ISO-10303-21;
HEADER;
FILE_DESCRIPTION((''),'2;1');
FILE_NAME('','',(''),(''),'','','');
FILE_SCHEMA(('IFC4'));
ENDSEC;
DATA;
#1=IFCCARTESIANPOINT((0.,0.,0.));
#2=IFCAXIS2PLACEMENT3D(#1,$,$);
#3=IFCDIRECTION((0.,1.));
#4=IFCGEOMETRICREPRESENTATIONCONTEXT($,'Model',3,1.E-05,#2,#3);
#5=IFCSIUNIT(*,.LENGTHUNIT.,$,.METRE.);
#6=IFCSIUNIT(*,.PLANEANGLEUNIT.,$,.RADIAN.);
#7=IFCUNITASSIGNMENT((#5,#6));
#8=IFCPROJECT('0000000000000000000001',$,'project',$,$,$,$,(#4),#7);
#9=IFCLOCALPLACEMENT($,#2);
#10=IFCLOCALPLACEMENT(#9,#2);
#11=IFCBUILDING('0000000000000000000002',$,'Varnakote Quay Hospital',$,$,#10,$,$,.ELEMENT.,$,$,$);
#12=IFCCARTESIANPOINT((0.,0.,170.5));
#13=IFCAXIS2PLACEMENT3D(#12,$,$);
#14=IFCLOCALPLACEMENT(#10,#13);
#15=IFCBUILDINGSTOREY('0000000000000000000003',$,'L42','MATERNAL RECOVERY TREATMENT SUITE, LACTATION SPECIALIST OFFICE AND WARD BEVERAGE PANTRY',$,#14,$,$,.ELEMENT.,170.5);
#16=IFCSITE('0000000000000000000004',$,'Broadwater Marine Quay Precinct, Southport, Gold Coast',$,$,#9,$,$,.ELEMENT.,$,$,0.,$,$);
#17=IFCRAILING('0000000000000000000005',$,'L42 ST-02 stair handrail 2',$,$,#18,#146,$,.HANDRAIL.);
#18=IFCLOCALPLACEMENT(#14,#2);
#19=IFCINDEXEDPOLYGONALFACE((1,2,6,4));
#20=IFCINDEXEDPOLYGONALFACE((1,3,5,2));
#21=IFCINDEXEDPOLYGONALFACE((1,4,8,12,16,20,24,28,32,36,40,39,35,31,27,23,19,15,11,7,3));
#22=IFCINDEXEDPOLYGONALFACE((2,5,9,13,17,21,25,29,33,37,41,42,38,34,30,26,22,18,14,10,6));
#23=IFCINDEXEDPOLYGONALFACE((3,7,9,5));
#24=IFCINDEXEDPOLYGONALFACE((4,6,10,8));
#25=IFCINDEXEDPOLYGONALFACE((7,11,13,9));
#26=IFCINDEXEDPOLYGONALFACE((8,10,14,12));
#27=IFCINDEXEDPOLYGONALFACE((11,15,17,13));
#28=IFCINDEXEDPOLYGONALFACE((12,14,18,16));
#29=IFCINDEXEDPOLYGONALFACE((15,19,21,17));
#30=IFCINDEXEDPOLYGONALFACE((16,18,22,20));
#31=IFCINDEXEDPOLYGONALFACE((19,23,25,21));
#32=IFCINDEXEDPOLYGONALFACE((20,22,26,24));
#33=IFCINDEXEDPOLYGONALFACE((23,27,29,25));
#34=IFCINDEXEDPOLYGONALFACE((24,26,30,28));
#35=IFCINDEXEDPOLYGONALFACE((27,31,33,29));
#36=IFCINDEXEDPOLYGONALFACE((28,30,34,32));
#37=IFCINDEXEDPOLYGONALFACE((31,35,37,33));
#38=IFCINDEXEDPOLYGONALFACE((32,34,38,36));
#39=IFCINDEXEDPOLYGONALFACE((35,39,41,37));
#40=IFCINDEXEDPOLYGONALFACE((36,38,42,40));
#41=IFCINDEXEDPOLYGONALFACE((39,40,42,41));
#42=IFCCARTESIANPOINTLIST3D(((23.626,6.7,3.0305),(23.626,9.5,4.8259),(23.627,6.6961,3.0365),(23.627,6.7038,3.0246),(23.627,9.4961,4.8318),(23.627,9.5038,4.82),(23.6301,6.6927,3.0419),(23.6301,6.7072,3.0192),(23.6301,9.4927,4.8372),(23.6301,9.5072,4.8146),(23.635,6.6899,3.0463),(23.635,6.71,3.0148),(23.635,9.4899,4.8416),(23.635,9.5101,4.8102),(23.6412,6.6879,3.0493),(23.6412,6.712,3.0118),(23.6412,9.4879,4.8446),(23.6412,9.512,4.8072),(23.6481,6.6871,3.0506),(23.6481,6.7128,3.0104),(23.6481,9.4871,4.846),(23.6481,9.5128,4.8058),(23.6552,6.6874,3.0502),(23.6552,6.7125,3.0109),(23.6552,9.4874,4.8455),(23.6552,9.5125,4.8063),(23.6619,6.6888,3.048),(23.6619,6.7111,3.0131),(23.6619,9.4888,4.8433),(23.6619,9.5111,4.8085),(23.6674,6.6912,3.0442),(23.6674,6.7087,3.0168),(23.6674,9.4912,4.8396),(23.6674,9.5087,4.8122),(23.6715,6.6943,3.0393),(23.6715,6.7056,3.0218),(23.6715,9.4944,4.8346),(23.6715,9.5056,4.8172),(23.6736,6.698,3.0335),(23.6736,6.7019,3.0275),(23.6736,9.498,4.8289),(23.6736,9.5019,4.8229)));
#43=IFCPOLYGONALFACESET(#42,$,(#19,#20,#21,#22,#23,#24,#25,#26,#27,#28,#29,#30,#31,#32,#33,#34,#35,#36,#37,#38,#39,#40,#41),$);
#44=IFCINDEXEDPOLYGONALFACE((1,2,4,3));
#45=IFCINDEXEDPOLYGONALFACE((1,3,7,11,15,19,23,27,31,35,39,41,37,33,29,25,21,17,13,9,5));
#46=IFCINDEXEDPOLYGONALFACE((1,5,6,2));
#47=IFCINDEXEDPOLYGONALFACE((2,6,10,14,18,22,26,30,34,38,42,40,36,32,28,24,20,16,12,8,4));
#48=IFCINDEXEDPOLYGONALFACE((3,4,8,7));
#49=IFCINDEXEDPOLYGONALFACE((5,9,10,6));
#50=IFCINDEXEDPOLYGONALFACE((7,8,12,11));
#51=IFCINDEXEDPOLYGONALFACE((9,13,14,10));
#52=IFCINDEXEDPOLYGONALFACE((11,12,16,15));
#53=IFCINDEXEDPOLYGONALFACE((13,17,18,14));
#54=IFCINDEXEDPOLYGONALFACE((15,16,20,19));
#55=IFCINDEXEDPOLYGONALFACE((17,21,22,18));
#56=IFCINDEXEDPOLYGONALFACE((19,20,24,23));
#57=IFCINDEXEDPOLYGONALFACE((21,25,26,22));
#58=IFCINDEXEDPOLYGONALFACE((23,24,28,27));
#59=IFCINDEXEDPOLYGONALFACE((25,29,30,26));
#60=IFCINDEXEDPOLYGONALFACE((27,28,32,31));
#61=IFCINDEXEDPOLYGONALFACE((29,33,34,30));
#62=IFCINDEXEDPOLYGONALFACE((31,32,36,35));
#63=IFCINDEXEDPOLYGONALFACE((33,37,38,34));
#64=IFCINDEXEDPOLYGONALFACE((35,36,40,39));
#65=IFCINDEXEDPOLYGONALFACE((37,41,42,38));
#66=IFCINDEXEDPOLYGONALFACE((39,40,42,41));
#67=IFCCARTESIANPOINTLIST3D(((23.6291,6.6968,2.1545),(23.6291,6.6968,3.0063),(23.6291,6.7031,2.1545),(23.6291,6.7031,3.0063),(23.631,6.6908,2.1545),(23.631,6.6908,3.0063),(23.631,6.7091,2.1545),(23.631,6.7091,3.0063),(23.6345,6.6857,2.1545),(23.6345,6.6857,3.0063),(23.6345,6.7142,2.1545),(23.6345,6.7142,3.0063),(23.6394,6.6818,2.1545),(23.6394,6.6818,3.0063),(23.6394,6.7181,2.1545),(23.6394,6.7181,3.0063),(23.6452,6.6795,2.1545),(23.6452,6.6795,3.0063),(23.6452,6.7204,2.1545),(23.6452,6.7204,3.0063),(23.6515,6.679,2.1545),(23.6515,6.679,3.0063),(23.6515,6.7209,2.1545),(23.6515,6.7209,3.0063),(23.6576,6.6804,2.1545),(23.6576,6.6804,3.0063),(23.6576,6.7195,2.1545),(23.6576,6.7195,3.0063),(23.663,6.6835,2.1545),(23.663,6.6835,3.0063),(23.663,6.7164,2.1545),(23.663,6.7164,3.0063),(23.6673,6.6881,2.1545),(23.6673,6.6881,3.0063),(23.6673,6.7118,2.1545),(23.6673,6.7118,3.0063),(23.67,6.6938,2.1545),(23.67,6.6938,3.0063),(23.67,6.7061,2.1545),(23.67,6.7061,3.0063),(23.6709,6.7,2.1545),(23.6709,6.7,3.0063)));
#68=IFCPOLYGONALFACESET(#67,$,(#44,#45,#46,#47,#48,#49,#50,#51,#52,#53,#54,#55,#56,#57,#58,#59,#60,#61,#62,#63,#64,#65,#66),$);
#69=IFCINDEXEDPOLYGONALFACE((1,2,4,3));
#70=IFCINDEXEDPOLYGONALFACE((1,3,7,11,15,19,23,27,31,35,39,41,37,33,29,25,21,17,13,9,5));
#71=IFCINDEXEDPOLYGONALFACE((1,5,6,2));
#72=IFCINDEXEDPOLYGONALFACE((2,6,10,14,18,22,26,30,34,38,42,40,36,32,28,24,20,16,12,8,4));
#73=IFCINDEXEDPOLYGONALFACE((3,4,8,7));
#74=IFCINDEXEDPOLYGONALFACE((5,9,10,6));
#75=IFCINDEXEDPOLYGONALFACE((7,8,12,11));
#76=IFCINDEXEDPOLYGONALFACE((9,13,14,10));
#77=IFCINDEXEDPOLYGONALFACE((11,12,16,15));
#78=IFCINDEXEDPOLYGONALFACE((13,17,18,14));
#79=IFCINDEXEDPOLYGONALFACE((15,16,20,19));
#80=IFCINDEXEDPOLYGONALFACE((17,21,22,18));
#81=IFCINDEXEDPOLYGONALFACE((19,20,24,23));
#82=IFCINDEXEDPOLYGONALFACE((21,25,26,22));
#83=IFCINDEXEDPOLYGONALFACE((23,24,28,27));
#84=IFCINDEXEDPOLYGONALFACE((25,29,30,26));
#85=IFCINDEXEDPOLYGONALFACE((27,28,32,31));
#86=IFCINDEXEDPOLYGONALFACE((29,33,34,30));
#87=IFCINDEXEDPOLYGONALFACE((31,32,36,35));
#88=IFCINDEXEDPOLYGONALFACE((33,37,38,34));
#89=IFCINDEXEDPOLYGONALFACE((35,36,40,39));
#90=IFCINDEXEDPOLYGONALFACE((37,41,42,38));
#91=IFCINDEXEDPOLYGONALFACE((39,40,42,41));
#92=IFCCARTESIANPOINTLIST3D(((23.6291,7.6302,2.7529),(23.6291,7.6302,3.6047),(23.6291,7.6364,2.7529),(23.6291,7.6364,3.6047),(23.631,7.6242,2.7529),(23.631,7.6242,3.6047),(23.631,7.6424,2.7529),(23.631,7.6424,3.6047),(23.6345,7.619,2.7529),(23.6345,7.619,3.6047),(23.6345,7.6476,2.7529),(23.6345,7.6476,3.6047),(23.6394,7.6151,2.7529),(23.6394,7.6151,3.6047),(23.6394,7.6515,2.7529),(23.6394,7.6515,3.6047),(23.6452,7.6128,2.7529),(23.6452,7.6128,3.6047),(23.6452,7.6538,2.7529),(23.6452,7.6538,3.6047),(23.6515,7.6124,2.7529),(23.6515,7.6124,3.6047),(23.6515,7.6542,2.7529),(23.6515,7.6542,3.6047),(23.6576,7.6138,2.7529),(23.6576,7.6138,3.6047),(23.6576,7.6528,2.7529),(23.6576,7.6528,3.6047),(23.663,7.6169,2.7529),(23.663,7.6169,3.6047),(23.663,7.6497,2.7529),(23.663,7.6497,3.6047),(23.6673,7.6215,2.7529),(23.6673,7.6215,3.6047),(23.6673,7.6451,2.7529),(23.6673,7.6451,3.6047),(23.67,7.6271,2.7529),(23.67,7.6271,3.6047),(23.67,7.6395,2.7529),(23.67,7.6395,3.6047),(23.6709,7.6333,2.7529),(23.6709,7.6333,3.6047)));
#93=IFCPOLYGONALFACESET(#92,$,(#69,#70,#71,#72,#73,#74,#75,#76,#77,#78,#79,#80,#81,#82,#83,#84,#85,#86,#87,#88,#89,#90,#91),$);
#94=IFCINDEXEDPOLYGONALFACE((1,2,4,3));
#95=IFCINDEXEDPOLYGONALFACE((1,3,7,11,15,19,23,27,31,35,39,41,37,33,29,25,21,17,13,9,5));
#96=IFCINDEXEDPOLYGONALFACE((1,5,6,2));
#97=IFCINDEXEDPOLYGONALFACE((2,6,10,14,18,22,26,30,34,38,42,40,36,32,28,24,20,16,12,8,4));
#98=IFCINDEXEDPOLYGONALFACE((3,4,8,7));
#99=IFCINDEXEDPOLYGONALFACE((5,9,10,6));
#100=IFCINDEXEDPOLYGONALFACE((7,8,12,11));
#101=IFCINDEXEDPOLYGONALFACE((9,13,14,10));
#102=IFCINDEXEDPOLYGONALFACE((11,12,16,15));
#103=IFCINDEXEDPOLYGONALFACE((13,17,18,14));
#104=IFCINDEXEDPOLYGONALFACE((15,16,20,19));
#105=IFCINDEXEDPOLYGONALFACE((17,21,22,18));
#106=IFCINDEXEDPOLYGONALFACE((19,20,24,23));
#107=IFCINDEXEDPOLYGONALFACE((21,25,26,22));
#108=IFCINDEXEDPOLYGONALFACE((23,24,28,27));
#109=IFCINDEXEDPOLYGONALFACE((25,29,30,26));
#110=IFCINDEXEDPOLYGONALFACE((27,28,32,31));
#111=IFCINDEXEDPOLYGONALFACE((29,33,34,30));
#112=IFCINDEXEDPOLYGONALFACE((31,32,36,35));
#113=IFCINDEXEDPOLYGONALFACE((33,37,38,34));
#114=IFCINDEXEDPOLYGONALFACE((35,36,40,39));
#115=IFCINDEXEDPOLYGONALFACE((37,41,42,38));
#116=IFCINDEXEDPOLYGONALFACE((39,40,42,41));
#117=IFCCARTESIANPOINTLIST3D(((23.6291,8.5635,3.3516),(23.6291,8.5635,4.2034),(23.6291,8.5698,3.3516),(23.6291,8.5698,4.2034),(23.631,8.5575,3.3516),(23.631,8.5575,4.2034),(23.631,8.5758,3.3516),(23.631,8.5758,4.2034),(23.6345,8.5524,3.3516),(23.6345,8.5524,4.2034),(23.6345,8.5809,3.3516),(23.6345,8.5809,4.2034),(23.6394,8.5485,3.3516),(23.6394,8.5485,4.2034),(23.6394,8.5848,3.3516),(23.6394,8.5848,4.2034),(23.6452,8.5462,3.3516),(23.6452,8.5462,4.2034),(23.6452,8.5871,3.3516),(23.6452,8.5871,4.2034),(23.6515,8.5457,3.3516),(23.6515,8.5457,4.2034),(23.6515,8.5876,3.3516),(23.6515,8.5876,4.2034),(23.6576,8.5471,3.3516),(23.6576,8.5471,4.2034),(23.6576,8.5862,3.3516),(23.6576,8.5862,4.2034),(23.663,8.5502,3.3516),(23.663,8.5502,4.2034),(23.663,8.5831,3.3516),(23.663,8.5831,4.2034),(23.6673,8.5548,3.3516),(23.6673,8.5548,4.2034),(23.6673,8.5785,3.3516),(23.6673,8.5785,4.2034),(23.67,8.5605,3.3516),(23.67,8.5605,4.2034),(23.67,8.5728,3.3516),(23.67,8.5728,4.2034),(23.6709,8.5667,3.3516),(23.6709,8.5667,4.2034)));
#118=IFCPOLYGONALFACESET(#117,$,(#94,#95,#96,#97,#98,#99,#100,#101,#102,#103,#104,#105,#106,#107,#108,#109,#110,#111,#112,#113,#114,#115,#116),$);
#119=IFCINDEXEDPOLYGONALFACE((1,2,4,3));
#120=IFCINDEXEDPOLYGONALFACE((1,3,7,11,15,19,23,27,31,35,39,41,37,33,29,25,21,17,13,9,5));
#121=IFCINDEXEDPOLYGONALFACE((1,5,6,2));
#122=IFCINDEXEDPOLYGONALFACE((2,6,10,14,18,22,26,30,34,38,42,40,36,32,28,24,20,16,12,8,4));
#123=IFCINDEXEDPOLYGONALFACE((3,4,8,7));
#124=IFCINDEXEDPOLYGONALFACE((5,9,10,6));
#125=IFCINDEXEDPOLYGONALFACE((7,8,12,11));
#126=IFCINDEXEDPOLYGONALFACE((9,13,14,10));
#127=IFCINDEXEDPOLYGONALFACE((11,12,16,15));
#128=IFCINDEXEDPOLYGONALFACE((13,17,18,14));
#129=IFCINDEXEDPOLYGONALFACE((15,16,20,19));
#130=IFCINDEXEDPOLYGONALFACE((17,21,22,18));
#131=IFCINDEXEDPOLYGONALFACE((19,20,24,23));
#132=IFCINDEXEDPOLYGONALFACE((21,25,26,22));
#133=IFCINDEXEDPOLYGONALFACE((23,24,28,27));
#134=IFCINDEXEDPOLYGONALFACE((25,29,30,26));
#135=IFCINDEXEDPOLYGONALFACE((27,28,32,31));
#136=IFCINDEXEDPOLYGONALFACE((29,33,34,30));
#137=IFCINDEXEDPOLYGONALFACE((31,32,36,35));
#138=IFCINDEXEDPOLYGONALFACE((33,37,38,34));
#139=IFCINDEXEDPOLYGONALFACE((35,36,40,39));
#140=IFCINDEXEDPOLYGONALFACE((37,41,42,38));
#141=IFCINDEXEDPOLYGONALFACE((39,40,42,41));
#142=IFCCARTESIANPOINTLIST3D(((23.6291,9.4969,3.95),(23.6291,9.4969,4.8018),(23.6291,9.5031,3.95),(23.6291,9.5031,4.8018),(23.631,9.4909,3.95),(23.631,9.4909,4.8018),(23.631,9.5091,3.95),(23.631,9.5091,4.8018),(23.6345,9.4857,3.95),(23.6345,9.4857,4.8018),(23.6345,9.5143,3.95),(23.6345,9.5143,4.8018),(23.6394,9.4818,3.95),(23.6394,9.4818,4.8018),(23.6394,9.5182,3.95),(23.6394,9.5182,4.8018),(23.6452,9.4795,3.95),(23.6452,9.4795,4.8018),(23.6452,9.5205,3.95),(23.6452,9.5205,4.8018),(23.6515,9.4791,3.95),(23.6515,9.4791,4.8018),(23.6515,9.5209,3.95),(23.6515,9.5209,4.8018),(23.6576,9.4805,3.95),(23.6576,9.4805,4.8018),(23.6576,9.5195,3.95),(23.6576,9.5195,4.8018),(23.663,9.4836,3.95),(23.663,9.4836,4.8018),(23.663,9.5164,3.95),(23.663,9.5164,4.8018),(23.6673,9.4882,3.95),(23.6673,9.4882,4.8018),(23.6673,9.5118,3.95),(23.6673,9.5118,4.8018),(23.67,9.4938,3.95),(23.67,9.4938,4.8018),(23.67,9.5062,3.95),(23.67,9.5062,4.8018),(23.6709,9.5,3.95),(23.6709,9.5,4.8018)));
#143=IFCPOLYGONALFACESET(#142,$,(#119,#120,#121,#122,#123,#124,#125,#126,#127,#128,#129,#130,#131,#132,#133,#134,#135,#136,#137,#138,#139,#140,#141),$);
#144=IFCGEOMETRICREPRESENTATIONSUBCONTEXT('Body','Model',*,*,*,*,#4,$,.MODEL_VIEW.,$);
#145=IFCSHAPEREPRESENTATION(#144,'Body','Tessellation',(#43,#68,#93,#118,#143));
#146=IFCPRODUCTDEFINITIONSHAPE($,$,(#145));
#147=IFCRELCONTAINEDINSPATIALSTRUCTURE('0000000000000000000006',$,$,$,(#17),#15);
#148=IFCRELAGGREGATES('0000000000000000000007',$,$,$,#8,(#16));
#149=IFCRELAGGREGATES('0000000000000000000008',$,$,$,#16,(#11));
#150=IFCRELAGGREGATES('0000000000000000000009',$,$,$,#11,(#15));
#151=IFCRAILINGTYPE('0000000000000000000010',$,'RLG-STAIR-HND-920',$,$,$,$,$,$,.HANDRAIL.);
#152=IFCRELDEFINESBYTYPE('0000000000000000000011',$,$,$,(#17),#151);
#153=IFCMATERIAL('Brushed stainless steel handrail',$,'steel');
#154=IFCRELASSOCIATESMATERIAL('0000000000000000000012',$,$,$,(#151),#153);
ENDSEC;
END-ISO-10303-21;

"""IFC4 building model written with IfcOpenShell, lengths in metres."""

from ifc_helpers import new_model, si_unit, direction, frame, origin, origin_2d, place, context, subcontext, project, spatial, circle, extrude, material, type_object, element, save


model = new_model("IFC4")

# Units and contexts
model_context = context("Model", 3, precision=1e-05, world=origin(), true_north=direction((0.0, 1.0)))
body_context = subcontext(model_context, "Body", "Model", "MODEL_VIEW")
ifc_project = project(units=[si_unit("LENGTHUNIT", "METRE"), si_unit("PLANEANGLEUNIT", "RADIAN")], contexts=[model_context])

# Site, building, storey
site_placement = place(None, origin())
site = spatial("IfcSite", under=ifc_project, at=site_placement, Name="Broadwater Marine Quay Precinct, Southport, Gold Coast", CompositionType="ELEMENT", RefElevation=0.0)
building_placement = place(site_placement, origin())
building = spatial("IfcBuilding", under=site, at=building_placement, Name="Varnakote Quay Hospital", CompositionType="ELEMENT")
storey_placement = place(building_placement, frame((0.0, 0.0, 170.5)))
storey = spatial("IfcBuildingStorey", under=building, at=storey_placement, Name="L42", Description="MATERNAL RECOVERY TREATMENT SUITE, LACTATION SPECIALIST OFFICE AND WARD BEVERAGE PANTRY", CompositionType="ELEMENT", Elevation=170.5)

# Railing
ifc_material_1 = material(Name="Brushed stainless steel handrail", Category="steel")
railing_type_1 = type_object("IfcRailingType", Name="RLG-STAIR-HND-920", PredefinedType="HANDRAIL", material=ifc_material_1)
railing_1_placement = place(storey_placement, frame((23.6499, 6.7, 2.1545)))
element("IfcRailing", 1, at=railing_1_placement, inside=storey, type_object=railing_type_1, Name="L42 ST-02 stair handrail 2", PredefinedType="HANDRAIL", context=body_context, shape_type="SweptSolid", body=[
    extrude(circle(Radius=0.0239, at=origin_2d()), frame((0.0, 0.0, 0.876), z_axis=(0.0, 0.84181, 0.539774), x_axis=(-1.0, 0.0, 0.0)), (0.0, 0.0, 1.0), 3.3262),
    extrude(circle(Radius=0.021, at=origin_2d()), origin(), (0.0, 0.0, 1.0), 0.8518),
    extrude(circle(Radius=0.021, at=origin_2d()), frame((0.0, 0.9333, 0.5984)), (0.0, 0.0, 1.0), 0.8518),
    extrude(circle(Radius=0.021, at=origin_2d()), frame((0.0, 1.8667, 1.197)), (0.0, 0.0, 1.0), 0.8518),
    extrude(circle(Radius=0.021, at=origin_2d()), frame((0.0, 2.8, 1.7954)), (0.0, 0.0, 1.0), 0.8518),
])

save(model, "model.ifc")
